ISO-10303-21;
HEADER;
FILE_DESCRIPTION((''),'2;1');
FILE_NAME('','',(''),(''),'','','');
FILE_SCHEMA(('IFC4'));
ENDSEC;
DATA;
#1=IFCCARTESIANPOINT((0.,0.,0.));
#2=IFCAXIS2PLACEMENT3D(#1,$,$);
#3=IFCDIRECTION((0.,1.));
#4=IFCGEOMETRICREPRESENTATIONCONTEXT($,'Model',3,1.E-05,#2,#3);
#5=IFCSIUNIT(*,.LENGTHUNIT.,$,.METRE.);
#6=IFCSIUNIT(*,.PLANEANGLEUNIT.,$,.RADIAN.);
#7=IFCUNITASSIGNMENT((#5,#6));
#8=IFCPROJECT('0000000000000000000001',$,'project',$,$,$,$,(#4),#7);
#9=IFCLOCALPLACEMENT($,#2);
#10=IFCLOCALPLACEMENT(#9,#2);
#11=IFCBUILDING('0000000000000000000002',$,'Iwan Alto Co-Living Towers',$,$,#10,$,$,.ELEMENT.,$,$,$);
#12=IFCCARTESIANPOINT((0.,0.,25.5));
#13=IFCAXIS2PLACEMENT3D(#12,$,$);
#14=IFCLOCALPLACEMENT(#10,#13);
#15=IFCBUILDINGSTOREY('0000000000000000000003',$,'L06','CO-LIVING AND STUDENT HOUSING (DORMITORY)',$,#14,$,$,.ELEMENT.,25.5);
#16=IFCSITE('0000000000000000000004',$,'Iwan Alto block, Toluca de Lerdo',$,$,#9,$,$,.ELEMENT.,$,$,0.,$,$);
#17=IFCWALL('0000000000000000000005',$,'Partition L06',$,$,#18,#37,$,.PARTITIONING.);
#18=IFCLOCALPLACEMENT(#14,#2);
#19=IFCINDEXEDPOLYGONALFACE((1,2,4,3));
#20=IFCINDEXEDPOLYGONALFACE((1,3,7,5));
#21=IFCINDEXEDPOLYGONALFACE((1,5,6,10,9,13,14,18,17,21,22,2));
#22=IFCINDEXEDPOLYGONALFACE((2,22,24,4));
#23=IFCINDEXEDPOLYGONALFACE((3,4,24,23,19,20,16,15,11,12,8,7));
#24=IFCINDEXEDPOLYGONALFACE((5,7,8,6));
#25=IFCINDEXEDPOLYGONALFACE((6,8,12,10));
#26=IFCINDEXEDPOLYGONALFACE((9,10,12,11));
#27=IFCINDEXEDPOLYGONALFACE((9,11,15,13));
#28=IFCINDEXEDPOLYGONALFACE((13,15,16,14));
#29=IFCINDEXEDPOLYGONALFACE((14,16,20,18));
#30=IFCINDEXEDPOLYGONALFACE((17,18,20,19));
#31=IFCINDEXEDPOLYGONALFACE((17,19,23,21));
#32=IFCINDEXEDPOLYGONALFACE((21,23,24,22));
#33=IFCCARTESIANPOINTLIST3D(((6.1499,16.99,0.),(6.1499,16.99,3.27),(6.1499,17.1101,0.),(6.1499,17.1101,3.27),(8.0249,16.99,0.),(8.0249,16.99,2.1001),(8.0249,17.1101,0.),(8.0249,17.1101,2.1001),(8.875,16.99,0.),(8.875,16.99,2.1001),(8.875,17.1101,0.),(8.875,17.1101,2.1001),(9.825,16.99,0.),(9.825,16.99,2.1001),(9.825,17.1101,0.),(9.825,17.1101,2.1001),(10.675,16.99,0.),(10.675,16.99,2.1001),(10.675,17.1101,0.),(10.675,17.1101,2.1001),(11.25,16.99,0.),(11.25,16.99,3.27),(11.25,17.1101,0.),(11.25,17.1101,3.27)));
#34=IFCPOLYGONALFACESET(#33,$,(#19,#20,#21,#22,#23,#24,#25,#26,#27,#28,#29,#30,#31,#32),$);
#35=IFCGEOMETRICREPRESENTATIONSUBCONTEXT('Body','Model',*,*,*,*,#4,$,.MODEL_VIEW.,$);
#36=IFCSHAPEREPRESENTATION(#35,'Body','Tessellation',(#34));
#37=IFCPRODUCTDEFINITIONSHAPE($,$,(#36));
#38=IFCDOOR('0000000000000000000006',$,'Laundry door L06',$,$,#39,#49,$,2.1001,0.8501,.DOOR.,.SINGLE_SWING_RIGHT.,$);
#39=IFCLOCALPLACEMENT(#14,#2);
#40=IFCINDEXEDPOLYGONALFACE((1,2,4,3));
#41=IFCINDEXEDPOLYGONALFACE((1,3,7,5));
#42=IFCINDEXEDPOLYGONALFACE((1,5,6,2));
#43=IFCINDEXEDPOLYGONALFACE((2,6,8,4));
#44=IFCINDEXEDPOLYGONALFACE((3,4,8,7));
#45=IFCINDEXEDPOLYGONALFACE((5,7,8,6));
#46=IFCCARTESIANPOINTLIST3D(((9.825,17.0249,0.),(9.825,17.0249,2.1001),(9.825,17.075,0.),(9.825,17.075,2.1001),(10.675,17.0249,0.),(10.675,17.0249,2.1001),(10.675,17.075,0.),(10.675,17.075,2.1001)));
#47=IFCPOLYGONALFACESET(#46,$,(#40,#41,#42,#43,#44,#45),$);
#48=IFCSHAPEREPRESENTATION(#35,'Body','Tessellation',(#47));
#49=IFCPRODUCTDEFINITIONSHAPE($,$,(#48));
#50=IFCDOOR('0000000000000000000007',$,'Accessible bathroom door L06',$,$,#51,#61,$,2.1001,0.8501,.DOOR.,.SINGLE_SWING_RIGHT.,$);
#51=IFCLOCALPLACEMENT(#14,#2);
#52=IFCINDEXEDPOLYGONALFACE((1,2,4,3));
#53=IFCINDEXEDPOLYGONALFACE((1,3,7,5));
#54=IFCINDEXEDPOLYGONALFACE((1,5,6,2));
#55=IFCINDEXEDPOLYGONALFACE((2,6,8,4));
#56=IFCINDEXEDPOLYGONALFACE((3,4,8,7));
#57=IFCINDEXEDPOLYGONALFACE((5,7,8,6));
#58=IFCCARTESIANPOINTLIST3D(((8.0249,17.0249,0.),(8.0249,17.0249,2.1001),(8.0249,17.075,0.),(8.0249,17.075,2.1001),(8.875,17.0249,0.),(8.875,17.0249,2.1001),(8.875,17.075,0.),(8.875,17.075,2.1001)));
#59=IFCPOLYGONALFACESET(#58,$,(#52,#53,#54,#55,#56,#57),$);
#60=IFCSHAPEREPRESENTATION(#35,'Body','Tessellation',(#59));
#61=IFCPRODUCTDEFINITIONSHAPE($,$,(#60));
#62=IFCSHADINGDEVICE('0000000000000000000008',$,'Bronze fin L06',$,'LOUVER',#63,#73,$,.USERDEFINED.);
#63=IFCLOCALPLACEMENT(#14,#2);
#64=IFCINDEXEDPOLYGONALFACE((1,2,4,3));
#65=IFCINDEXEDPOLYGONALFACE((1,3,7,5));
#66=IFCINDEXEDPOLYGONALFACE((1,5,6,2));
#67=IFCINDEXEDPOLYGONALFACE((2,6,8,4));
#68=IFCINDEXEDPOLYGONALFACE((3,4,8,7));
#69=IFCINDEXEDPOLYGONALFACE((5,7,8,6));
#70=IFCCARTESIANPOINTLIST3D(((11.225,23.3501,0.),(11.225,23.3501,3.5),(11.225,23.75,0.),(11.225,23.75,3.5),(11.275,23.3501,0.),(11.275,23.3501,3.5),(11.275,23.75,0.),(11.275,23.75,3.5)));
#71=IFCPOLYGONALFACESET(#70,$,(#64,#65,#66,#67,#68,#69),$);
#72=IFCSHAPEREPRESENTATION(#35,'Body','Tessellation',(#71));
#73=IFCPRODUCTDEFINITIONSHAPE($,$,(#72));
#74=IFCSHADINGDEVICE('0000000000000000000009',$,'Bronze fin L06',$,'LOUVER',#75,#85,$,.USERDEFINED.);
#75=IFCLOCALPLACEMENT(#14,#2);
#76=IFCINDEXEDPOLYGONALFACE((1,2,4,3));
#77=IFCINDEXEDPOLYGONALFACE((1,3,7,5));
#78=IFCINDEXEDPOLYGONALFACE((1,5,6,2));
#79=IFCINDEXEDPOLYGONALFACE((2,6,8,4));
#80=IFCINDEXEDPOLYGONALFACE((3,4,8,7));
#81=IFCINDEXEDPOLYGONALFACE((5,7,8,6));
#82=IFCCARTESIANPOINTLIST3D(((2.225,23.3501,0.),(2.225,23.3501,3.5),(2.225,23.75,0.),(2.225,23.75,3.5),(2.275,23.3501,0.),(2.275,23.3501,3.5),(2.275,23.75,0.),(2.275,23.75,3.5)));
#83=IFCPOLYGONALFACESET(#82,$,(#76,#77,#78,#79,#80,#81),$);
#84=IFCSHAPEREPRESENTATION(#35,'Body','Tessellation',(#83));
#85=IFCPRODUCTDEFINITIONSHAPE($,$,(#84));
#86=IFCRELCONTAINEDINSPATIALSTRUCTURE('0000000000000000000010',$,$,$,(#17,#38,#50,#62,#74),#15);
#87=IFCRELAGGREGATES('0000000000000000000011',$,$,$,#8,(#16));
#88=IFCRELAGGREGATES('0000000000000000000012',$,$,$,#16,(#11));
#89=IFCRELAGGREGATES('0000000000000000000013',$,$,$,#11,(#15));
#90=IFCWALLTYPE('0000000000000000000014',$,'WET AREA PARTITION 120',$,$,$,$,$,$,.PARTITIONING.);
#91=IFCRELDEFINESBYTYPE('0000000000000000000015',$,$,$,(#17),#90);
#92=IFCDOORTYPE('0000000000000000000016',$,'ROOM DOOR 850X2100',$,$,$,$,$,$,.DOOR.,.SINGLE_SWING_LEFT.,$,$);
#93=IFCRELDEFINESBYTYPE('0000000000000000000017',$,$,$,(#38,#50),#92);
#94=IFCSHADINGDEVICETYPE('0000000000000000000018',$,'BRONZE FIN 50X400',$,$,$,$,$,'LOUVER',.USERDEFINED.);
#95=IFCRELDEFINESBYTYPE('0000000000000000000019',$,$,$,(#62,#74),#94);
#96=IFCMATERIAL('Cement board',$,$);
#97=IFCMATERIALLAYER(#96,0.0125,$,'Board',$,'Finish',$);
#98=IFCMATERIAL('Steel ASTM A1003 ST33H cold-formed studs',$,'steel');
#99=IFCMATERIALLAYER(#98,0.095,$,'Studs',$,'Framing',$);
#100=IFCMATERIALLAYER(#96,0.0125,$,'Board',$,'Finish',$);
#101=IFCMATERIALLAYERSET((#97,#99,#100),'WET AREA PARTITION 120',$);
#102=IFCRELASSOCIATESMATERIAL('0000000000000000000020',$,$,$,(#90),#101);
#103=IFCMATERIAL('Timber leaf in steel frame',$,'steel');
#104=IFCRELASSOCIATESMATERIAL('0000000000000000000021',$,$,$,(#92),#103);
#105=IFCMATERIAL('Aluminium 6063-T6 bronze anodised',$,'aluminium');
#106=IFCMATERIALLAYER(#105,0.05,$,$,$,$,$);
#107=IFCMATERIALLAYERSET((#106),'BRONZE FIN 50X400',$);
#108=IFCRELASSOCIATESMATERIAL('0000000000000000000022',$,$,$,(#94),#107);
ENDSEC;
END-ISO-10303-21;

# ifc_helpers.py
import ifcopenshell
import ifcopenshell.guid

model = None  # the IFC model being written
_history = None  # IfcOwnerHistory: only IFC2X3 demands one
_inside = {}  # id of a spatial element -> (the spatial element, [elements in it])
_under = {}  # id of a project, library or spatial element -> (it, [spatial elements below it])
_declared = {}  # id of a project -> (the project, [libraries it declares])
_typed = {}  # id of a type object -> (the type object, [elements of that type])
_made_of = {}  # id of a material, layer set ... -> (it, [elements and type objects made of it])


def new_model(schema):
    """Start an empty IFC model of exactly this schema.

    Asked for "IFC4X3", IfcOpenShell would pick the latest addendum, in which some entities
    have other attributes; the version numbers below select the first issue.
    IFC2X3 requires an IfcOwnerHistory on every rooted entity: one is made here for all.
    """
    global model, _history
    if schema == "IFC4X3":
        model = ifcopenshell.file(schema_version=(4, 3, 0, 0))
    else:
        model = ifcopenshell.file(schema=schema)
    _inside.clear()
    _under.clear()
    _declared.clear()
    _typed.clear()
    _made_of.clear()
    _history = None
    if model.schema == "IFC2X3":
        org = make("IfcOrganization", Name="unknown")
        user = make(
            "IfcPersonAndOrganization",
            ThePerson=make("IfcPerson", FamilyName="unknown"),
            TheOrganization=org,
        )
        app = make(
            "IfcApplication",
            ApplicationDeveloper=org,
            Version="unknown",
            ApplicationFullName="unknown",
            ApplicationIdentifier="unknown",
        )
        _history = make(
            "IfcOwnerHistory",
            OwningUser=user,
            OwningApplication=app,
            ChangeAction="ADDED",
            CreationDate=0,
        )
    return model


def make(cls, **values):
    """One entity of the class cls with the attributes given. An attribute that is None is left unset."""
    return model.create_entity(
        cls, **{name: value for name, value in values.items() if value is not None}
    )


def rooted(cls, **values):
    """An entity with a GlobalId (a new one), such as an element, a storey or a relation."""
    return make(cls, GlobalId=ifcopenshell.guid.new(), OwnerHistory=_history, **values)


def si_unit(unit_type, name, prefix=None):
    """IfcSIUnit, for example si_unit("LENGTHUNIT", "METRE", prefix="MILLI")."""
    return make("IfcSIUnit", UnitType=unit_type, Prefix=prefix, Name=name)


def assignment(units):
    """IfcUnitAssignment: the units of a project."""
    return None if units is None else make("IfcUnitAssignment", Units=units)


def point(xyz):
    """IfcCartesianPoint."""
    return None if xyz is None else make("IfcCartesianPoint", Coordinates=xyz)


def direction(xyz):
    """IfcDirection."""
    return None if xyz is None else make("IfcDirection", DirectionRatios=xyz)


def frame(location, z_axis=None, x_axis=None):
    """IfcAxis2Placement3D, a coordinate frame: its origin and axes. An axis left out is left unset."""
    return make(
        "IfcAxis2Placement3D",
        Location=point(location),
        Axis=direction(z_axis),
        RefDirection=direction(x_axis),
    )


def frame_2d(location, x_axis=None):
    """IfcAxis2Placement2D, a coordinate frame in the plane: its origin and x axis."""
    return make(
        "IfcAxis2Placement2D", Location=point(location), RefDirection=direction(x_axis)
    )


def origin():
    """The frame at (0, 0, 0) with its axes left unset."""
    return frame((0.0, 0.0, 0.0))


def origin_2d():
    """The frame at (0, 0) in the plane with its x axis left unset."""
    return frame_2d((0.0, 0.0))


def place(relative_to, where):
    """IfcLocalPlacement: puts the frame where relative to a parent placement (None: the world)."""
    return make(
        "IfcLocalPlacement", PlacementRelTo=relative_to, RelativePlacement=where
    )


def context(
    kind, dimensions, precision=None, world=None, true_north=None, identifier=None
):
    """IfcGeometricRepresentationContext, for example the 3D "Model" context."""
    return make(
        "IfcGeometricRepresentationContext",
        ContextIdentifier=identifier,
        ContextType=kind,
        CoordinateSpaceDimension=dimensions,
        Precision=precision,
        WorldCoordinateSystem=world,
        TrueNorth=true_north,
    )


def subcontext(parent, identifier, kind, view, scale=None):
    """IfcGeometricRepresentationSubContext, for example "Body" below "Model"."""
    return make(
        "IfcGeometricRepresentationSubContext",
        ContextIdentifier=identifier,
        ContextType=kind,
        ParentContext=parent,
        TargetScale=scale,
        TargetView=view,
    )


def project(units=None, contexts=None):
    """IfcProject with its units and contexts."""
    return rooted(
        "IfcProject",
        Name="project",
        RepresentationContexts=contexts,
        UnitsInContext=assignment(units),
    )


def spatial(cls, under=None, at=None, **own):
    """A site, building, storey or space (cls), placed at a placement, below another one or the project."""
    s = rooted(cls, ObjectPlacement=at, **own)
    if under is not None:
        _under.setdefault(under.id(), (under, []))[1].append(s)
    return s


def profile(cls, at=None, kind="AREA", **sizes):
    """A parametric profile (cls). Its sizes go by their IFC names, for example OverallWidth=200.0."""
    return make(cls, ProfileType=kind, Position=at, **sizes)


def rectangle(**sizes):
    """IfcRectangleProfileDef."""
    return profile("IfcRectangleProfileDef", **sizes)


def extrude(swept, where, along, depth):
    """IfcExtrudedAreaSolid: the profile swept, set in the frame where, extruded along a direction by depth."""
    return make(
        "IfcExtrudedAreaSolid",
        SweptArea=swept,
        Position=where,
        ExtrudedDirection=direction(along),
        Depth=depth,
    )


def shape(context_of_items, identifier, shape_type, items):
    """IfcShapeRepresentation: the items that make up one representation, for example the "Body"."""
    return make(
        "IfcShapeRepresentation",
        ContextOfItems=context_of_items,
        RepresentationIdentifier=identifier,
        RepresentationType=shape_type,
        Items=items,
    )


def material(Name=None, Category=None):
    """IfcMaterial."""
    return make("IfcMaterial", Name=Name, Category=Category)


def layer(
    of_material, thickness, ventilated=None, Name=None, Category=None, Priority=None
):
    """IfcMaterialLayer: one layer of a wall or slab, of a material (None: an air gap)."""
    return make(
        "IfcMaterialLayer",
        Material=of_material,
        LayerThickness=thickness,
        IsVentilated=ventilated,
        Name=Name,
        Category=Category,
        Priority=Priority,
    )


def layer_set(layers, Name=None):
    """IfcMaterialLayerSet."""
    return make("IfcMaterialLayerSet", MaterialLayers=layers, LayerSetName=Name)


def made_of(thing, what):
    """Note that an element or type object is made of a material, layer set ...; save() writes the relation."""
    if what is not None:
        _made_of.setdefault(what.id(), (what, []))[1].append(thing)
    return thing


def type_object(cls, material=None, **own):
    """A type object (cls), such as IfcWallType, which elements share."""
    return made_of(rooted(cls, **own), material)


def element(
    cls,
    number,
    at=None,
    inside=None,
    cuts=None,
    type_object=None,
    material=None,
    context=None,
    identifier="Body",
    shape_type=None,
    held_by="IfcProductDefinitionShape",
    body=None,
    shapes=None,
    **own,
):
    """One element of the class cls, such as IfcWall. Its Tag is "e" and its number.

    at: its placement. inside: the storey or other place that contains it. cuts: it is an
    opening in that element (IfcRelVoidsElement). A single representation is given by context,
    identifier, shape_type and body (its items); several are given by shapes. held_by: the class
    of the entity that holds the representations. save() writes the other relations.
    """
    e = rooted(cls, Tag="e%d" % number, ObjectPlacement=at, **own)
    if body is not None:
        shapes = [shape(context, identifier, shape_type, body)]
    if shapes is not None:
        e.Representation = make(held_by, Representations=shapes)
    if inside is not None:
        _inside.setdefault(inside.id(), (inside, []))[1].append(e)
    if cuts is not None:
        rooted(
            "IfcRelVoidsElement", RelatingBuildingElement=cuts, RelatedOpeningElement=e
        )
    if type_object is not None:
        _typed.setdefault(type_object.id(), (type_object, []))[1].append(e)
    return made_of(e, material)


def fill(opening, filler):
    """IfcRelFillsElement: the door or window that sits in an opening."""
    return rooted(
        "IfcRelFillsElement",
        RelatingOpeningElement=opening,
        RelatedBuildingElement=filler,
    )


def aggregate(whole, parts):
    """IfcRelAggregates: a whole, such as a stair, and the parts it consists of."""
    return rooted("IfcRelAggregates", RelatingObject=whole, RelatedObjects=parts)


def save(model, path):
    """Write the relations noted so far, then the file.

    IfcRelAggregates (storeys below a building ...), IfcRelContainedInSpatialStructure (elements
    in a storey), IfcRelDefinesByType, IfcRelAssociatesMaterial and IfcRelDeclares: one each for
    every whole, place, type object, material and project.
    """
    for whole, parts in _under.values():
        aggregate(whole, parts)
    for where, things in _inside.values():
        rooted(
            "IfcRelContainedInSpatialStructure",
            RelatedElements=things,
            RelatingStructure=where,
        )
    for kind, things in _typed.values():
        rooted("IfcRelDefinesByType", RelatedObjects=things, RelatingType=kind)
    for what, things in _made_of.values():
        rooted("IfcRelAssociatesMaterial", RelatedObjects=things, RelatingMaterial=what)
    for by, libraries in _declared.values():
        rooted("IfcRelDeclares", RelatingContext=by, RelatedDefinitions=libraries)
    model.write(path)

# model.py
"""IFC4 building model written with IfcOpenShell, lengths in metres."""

from ifc_helpers import new_model, si_unit, direction, frame, frame_2d, origin, origin_2d, place, context, subcontext, project, spatial, rectangle, extrude, material, layer, layer_set, type_object, element, fill, save


model = new_model("IFC4")

# Units and contexts
model_context = context("Model", 3, precision=1e-05, world=origin(), true_north=direction((0.0, 1.0)))
body_context = subcontext(model_context, "Body", "Model", "MODEL_VIEW")
ifc_project = project(units=[si_unit("LENGTHUNIT", "METRE"), si_unit("PLANEANGLEUNIT", "RADIAN")], contexts=[model_context])

# Site, building, storey
site_placement = place(None, origin())
site = spatial("IfcSite", under=ifc_project, at=site_placement, Name="Iwan Alto block, Toluca de Lerdo", CompositionType="ELEMENT", RefElevation=0.0)
building_placement = place(site_placement, origin())
building = spatial("IfcBuilding", under=site, at=building_placement, Name="Iwan Alto Co-Living Towers", CompositionType="ELEMENT")
storey_placement = place(building_placement, frame((0.0, 0.0, 25.5)))
storey = spatial("IfcBuildingStorey", under=building, at=storey_placement, Name="L06", Description="CO-LIVING AND STUDENT HOUSING (DORMITORY)", CompositionType="ELEMENT", Elevation=25.5)

# Shared definitions
ifc_material_1 = material(Name="Steel ASTM A1003 ST33H cold-formed studs", Category="steel")

# Wall, openings, doors
ifc_material_2 = material(Name="Cement board")
ifc_layer_1 = layer(ifc_material_2, 0.0125, Name="Board", Category="Finish")
ifc_layer_2 = layer(ifc_material_1, 0.095, Name="Studs", Category="Framing")
ifc_layer_3 = layer(ifc_material_2, 0.0125, Name="Board", Category="Finish")
ifc_layer_set_1 = layer_set([ifc_layer_1, ifc_layer_2, ifc_layer_3], Name="WET AREA PARTITION 120")
wall_type_1 = type_object("IfcWallType", Name="WET AREA PARTITION 120", PredefinedType="PARTITIONING", material=ifc_layer_set_1)
wall_placement = place(storey_placement, frame((6.1499, 17.05, 0.0), z_axis=(0.0, 0.0, 1.0), x_axis=(1.0, 0.0, 0.0)))
wall = element("IfcWall", 1, at=wall_placement, inside=storey, type_object=wall_type_1, Name="Partition L06", PredefinedType="PARTITIONING", context=body_context, shape_type="SweptSolid", body=[
    extrude(rectangle(XDim=5.1001, YDim=0.1201, at=frame_2d((2.55, 0.0))), origin(), (0.0, 0.0, 1.0), 3.27),
])
opening_1_placement = place(wall_placement, frame((3.675, 0.0, 0.0)))
opening_1 = element("IfcOpeningElement", 2, at=opening_1_placement, cuts=wall, PredefinedType="OPENING", context=body_context, shape_type="SweptSolid", body=[
    extrude(rectangle(XDim=0.8501, YDim=2.1001, at=frame_2d((0.425, 1.05))), frame((0.0, 0.0701, 0.0), z_axis=(0.0, -1.0, 0.0), x_axis=(1.0, 0.0, 0.0)), (0.0, 0.0, 1.0), 0.1401),
])
opening_2_placement = place(wall_placement, frame((1.875, 0.0, 0.0)))
opening_2 = element("IfcOpeningElement", 3, at=opening_2_placement, cuts=wall, PredefinedType="OPENING", context=body_context, shape_type="SweptSolid", body=[
    extrude(rectangle(XDim=0.8501, YDim=2.1001, at=frame_2d((0.425, 1.05))), frame((0.0, 0.0701, 0.0), z_axis=(0.0, -1.0, 0.0), x_axis=(1.0, 0.0, 0.0)), (0.0, 0.0, 1.0), 0.1401),
])
ifc_material_3 = material(Name="Timber leaf in steel frame", Category="steel")
door_type = type_object("IfcDoorType", Name="ROOM DOOR 850X2100", OperationType="SINGLE_SWING_LEFT", PredefinedType="DOOR", material=ifc_material_3)
door_1_placement = place(opening_1_placement, origin())
door_1 = element("IfcDoor", 4, at=door_1_placement, inside=storey, type_object=door_type, Name="Laundry door L06", OperationType="SINGLE_SWING_RIGHT", OverallHeight=2.1001, OverallWidth=0.8501, PredefinedType="DOOR", context=body_context, shape_type="SweptSolid", body=[
    extrude(rectangle(XDim=0.8501, YDim=2.1001, at=frame_2d((0.425, 1.05))), frame((0.0, 0.0249, 0.0), z_axis=(0.0, -1.0, 0.0), x_axis=(1.0, 0.0, 0.0)), (0.0, 0.0, 1.0), 0.05),
])
fill(opening_1, door_1)
door_2_placement = place(opening_2_placement, origin())
door_2 = element("IfcDoor", 5, at=door_2_placement, inside=storey, type_object=door_type, Name="Accessible bathroom door L06", OperationType="SINGLE_SWING_RIGHT", OverallHeight=2.1001, OverallWidth=0.8501, PredefinedType="DOOR", context=body_context, shape_type="SweptSolid", body=[
    extrude(rectangle(XDim=0.8501, YDim=2.1001, at=frame_2d((0.425, 1.05))), frame((0.0, 0.0249, 0.0), z_axis=(0.0, -1.0, 0.0), x_axis=(1.0, 0.0, 0.0)), (0.0, 0.0, 1.0), 0.05),
])
fill(opening_2, door_2)

# Shading devices
ifc_material_4 = material(Name="Aluminium 6063-T6 bronze anodised", Category="aluminium")
ifc_layer_4 = layer(ifc_material_4, 0.05)
ifc_layer_set_2 = layer_set([ifc_layer_4], Name="BRONZE FIN 50X400")
shading_device_type = type_object("IfcShadingDeviceType", Name="BRONZE FIN 50X400", ElementType="LOUVER", PredefinedType="USERDEFINED", material=ifc_layer_set_2)
for number, where, z_axis, x_axis, name in (
    (6, (11.25, 23.55, 0.0), (0.0, 0.0, 1.0), (-1.0, 0.0, 0.0), "Bronze fin L06"),
    (7, (2.25, 23.55, 0.0), (0.0, 0.0, 1.0), (-1.0, 0.0, 0.0), "Bronze fin L06"),
):
    element("IfcShadingDevice", number, at=place(storey_placement, frame(where, z_axis=z_axis, x_axis=x_axis)), inside=storey, type_object=shading_device_type, Name=name, ObjectType="LOUVER", PredefinedType="USERDEFINED", context=body_context, shape_type="SweptSolid", body=[
        extrude(rectangle(XDim=0.05, YDim=0.3999, at=origin_2d()), origin(), (0.0, 0.0, 1.0), 3.5),
    ])

save(model, "model.ifc")
